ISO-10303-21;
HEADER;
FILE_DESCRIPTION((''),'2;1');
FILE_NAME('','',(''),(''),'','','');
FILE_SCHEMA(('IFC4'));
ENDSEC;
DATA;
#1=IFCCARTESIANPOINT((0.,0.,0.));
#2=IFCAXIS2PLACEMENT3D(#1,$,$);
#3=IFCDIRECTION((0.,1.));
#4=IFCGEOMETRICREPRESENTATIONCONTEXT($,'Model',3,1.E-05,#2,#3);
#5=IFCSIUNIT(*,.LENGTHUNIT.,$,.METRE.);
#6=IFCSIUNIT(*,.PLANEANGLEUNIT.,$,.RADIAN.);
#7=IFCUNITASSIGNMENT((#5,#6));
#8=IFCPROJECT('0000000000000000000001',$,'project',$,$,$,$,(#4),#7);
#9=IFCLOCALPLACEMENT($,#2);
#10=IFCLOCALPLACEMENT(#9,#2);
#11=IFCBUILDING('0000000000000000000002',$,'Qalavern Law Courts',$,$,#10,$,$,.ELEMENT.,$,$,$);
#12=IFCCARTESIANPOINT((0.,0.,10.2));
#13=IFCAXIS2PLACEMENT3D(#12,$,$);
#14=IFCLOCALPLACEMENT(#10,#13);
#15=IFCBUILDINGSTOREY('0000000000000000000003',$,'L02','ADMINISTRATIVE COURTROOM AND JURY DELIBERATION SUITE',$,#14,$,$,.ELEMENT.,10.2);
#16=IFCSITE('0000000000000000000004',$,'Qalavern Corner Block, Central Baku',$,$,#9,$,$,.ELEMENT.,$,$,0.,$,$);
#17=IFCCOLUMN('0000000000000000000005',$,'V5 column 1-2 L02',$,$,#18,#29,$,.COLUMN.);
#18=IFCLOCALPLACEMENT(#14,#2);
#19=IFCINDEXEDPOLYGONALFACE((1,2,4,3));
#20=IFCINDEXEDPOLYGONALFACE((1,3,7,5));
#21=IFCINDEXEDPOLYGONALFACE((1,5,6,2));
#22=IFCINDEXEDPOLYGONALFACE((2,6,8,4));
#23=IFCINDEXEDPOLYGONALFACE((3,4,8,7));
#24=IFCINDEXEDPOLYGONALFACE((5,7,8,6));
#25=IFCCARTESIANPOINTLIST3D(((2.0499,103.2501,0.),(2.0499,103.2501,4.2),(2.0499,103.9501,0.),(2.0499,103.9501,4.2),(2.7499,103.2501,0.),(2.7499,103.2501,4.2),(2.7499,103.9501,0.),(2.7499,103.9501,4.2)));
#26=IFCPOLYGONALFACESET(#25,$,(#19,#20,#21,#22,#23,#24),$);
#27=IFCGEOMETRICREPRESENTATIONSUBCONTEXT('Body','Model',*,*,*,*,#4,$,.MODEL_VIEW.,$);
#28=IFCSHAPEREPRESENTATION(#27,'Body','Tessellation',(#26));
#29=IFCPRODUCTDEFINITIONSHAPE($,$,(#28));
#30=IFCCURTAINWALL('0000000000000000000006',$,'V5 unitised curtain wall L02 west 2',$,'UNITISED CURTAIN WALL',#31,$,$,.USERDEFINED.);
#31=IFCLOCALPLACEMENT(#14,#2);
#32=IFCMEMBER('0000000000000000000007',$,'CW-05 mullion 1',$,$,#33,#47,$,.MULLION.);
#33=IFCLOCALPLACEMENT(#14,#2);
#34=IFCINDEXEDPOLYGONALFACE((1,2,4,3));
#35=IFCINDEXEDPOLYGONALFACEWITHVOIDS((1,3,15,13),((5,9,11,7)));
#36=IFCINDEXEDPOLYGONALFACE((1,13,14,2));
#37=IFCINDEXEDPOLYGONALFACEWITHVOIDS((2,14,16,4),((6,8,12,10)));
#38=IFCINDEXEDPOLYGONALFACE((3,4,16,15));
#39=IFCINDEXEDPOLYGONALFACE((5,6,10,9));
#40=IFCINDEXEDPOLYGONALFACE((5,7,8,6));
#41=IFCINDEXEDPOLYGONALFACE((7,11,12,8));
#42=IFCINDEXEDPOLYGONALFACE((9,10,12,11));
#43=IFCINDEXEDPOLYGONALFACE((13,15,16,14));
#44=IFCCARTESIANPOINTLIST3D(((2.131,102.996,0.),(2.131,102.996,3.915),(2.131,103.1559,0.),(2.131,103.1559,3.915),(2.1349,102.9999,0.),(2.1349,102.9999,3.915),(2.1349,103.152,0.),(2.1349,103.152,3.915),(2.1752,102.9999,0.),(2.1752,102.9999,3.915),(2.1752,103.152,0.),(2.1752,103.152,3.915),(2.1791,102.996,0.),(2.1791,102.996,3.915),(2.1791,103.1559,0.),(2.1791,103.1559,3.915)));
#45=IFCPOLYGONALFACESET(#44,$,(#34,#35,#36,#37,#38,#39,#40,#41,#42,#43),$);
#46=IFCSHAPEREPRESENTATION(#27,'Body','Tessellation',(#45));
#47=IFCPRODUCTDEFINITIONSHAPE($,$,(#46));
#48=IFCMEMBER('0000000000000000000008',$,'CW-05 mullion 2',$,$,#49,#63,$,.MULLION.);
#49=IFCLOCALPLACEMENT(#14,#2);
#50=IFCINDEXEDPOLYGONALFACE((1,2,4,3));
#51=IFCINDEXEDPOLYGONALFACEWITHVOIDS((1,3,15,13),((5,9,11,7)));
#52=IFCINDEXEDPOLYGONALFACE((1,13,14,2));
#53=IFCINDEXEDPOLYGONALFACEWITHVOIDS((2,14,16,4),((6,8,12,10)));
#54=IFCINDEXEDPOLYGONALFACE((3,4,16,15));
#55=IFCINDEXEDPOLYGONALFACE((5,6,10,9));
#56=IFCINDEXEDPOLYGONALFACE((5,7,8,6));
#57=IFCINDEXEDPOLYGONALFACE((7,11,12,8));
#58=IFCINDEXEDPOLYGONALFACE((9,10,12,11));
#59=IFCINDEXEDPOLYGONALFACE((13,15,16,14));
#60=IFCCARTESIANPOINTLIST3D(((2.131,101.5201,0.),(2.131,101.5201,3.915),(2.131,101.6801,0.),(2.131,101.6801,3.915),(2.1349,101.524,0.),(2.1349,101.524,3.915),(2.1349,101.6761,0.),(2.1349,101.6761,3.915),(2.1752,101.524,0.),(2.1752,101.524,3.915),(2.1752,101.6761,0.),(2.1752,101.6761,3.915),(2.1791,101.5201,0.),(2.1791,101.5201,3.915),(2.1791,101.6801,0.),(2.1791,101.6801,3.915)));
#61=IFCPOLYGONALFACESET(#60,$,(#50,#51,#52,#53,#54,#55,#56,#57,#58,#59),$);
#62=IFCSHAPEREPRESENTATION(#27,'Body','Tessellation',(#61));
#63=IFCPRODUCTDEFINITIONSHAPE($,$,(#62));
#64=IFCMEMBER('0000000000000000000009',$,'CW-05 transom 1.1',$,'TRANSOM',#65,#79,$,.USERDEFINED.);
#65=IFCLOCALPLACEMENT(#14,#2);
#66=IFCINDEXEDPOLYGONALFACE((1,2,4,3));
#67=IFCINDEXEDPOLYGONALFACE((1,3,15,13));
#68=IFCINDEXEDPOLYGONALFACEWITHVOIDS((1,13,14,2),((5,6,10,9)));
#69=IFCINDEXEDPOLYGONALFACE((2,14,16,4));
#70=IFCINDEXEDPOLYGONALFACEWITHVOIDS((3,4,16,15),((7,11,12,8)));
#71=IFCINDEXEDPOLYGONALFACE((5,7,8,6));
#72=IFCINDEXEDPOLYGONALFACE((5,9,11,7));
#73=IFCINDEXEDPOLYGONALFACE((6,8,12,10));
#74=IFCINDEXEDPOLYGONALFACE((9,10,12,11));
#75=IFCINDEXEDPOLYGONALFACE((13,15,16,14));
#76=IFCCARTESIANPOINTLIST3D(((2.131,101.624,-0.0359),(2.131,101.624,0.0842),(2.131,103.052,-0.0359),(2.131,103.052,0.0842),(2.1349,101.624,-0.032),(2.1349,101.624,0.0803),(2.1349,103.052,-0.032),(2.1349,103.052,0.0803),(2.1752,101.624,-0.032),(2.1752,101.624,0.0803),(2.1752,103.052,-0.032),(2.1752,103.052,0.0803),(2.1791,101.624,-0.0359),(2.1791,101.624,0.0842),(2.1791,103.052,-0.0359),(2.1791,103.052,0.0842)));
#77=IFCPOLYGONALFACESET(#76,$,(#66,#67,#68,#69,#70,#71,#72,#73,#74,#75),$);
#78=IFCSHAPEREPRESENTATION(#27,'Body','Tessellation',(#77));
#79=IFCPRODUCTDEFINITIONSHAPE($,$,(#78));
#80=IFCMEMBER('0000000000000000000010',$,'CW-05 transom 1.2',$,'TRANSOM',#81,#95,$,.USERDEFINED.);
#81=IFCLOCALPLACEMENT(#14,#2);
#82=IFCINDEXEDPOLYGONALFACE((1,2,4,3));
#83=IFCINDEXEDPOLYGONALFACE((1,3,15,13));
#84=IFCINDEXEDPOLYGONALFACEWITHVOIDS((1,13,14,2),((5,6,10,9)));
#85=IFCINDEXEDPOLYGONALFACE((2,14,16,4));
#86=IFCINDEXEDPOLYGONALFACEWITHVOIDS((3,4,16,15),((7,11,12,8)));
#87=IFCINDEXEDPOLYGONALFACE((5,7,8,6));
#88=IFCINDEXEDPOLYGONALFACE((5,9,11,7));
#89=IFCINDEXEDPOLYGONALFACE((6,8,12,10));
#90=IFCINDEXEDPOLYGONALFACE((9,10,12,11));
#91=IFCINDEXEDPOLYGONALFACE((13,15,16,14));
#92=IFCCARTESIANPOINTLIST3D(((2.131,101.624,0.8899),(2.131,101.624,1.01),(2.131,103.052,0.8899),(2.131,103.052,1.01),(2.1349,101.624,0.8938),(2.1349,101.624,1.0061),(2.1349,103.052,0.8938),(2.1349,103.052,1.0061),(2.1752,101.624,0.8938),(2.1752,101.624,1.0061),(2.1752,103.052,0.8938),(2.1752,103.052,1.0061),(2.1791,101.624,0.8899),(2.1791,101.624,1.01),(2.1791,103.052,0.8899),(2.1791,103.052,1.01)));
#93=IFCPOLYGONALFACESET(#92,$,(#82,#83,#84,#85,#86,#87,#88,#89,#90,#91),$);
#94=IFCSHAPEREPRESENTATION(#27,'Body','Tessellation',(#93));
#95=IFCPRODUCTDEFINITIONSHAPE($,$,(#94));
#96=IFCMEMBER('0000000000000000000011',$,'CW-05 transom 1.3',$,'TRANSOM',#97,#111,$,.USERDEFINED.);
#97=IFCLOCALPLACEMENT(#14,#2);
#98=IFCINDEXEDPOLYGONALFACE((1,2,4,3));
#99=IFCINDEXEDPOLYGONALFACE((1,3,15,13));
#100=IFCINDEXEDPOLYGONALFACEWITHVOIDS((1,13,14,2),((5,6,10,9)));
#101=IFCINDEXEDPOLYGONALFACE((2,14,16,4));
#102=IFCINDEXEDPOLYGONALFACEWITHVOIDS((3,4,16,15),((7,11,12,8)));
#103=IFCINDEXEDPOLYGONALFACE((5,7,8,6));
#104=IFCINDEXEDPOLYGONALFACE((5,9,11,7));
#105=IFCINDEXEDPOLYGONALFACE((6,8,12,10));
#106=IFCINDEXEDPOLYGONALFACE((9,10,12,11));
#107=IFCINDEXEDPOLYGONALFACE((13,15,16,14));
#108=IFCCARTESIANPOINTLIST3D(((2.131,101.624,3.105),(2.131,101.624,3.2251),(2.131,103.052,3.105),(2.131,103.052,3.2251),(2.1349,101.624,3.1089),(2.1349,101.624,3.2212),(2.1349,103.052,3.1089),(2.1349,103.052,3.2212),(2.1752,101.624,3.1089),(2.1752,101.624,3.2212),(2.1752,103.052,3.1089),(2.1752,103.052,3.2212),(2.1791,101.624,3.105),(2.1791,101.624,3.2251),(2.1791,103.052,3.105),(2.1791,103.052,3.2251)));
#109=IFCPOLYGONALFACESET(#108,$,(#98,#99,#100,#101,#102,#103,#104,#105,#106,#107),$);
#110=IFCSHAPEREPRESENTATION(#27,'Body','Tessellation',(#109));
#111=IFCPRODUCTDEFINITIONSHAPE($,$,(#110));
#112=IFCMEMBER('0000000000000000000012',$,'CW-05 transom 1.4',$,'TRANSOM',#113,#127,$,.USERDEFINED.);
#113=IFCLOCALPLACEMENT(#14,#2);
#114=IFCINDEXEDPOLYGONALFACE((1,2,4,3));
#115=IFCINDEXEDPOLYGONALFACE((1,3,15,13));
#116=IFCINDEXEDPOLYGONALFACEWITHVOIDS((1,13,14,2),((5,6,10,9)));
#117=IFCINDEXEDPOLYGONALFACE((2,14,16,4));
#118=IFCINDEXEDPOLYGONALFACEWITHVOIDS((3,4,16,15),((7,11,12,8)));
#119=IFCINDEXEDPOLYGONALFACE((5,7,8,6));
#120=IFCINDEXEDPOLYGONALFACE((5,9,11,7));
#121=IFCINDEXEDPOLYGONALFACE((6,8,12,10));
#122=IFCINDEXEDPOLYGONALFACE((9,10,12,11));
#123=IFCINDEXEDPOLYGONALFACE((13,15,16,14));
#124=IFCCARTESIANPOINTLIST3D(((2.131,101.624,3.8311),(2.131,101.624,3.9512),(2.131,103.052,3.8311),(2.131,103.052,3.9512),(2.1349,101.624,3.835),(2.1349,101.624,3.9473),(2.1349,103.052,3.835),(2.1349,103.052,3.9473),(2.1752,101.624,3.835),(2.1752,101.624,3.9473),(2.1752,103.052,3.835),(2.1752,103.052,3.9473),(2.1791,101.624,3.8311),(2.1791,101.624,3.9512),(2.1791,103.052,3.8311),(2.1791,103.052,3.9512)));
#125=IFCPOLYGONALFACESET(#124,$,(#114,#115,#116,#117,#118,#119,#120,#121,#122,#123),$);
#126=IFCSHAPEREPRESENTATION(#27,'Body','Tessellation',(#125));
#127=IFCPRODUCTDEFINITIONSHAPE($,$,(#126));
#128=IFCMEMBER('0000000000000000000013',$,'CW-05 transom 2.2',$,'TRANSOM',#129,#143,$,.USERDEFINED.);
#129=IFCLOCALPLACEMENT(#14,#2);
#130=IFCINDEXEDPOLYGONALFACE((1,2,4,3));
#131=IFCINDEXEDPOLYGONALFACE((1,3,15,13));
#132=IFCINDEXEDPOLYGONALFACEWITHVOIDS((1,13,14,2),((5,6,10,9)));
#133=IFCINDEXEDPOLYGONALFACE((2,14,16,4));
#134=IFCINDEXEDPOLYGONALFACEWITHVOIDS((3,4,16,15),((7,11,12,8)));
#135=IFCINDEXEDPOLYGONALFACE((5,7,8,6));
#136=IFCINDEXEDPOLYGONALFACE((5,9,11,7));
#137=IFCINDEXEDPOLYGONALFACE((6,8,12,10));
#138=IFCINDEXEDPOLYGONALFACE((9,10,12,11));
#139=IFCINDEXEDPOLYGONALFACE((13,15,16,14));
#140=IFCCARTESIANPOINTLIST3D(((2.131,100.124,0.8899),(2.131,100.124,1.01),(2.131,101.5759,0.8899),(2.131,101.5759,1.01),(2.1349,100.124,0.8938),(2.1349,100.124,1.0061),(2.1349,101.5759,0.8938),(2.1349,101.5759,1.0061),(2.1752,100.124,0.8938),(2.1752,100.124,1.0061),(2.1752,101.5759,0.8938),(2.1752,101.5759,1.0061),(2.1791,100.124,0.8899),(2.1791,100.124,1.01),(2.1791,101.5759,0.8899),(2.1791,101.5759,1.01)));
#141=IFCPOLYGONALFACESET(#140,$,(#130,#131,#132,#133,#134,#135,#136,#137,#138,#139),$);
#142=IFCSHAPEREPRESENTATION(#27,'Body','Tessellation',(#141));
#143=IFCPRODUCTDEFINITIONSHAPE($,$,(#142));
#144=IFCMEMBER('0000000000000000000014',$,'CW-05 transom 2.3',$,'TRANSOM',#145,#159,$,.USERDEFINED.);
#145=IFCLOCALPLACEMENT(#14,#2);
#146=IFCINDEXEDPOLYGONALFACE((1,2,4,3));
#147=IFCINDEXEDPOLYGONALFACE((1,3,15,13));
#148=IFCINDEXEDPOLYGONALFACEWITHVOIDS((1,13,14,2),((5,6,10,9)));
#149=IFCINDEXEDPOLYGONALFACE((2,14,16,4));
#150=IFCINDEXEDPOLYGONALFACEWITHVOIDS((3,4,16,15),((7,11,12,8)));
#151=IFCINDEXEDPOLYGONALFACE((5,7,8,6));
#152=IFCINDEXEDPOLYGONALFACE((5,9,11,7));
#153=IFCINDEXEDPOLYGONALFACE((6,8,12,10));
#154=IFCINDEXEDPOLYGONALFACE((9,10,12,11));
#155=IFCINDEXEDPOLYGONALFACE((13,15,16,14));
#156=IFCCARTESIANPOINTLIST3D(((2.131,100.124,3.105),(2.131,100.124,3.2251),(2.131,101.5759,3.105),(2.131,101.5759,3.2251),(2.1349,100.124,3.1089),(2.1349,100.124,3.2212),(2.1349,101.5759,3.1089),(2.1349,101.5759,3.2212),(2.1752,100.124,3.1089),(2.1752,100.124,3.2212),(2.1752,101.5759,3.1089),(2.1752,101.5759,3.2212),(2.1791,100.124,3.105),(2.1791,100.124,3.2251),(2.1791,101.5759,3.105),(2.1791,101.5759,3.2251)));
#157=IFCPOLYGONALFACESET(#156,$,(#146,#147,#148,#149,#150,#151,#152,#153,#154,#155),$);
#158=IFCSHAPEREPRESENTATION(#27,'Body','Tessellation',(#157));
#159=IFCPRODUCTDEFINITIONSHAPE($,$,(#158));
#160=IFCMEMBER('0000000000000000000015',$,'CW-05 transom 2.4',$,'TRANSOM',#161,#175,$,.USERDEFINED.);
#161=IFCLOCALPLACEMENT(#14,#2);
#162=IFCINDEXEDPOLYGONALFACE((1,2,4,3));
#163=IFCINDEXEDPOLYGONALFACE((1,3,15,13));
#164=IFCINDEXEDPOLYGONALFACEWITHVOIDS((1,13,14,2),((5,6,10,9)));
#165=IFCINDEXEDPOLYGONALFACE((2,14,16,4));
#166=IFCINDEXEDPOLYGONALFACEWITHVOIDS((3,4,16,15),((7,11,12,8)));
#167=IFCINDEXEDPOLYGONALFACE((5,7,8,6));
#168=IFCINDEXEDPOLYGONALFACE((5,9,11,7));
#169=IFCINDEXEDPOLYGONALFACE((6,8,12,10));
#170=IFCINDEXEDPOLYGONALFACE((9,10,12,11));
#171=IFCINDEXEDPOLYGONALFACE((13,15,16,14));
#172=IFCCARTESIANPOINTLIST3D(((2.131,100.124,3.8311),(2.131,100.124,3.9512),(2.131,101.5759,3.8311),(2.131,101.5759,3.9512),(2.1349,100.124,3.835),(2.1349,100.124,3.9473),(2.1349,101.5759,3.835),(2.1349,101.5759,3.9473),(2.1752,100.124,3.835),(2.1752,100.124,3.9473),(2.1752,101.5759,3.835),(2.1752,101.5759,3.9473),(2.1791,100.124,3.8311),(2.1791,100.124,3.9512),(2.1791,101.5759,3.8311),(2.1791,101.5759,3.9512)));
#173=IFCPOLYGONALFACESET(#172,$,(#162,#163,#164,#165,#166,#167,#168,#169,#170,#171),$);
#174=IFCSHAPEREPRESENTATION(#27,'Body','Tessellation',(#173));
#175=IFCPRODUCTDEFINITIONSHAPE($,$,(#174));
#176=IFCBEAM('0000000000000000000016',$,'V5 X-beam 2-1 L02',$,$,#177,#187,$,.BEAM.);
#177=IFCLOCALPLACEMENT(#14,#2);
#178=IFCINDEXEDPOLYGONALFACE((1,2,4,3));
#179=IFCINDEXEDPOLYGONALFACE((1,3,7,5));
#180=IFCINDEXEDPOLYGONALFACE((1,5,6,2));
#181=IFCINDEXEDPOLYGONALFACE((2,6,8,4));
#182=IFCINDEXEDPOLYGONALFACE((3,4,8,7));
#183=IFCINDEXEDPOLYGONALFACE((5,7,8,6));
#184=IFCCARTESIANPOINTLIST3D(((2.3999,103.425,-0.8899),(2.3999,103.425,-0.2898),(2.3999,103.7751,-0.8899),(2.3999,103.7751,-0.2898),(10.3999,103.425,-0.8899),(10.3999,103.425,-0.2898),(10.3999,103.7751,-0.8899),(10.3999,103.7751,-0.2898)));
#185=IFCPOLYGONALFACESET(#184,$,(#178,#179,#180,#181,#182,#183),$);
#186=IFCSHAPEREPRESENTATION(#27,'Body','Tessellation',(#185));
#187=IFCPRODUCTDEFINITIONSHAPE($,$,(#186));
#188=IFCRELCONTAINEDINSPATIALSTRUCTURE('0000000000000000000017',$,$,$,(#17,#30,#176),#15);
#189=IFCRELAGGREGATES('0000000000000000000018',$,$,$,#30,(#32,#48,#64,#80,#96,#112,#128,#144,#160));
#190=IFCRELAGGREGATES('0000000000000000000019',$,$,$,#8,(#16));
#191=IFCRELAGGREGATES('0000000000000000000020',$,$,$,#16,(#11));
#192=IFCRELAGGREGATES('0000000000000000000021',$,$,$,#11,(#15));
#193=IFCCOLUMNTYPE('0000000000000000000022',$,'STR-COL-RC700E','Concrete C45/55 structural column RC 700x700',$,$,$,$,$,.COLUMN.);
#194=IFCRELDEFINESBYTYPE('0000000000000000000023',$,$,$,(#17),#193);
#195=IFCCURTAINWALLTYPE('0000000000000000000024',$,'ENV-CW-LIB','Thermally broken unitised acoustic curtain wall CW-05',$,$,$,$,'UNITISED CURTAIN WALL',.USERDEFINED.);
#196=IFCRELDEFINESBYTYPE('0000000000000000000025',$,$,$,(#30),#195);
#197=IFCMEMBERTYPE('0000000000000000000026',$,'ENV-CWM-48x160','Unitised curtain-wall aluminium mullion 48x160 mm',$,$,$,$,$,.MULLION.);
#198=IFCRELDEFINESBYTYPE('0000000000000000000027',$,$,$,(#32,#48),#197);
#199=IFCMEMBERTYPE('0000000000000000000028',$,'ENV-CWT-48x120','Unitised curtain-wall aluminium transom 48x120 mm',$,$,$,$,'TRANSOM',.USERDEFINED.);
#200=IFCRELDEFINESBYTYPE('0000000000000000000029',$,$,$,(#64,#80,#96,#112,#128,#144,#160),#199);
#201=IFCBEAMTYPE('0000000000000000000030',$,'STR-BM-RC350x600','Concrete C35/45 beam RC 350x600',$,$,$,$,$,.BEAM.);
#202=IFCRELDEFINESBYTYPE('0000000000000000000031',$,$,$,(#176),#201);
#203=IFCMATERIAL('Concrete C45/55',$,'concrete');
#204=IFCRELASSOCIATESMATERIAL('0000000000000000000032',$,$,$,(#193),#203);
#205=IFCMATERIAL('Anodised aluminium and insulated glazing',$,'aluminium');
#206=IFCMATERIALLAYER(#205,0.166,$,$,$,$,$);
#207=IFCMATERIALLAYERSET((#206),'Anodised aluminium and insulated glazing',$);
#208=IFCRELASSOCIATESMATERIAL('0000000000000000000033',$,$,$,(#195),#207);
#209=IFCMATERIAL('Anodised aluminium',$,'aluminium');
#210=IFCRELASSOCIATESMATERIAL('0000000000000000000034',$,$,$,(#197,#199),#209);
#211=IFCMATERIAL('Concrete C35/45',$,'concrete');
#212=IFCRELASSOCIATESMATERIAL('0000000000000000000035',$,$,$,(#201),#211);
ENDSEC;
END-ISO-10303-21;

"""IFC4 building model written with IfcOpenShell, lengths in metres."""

from ifc_helpers import new_model, si_unit, direction, frame, origin, origin_2d, place, context, subcontext, project, spatial, rectangle, hollow_rectangle, extrude, material, layer, layer_set, material_profile, profile_set, type_object, element, aggregate, save


model = new_model("IFC4")

# Units and contexts
model_context = context("Model", 3, precision=1e-05, world=origin(), true_north=direction((0.0, 1.0)))
body_context = subcontext(model_context, "Body", "Model", "MODEL_VIEW")
ifc_project = project(units=[si_unit("LENGTHUNIT", "METRE"), si_unit("PLANEANGLEUNIT", "RADIAN")], contexts=[model_context])

# Site, building, storey
site_placement = place(None, origin())
site = spatial("IfcSite", under=ifc_project, at=site_placement, Name="Qalavern Corner Block, Central Baku", CompositionType="ELEMENT", RefElevation=0.0)
building_placement = place(site_placement, origin())
building = spatial("IfcBuilding", under=site, at=building_placement, Name="Qalavern Law Courts", CompositionType="ELEMENT")
storey_placement = place(building_placement, frame((0.0, 0.0, 10.2)))
storey = spatial("IfcBuildingStorey", under=building, at=storey_placement, Name="L02", Description="ADMINISTRATIVE COURTROOM AND JURY DELIBERATION SUITE", CompositionType="ELEMENT", Elevation=10.2)

# Column
ifc_material_1 = material(Name="Concrete C45/55", Category="concrete")
ifc_material_profile_1 = material_profile(ifc_material_1, rectangle(XDim=0.7, YDim=0.7, at=origin_2d()), Name="RC 700x700")
ifc_profile_set_1 = profile_set([ifc_material_profile_1], Name="Concrete C45/55")
column_type = type_object("IfcColumnType", Name="STR-COL-RC700E", Description="Concrete C45/55 structural column RC 700x700", PredefinedType="COLUMN", material=ifc_profile_set_1)
column_placement = place(storey_placement, frame((2.3999, 103.6001, 0.0), z_axis=(0.0, 0.0, 1.0), x_axis=(1.0, 0.0, 0.0)))
element("IfcColumn", 1, at=column_placement, inside=storey, type_object=column_type, Name="V5 column 1-2 L02", PredefinedType="COLUMN", context=body_context, shape_type="SweptSolid", body=[
    extrude(rectangle(XDim=0.7, YDim=0.7, at=origin_2d()), origin(), (0.0, 0.0, 1.0), 4.2),
])

# Curtain wall, members
ifc_material_2 = material(Name="Anodised aluminium and insulated glazing", Category="aluminium")
ifc_layer_1 = layer(ifc_material_2, 0.166)
ifc_layer_set_1 = layer_set([ifc_layer_1], Name="Anodised aluminium and insulated glazing")
curtain_wall_type = type_object("IfcCurtainWallType", Name="ENV-CW-LIB", Description="Thermally broken unitised acoustic curtain wall CW-05", ElementType="UNITISED CURTAIN WALL", PredefinedType="USERDEFINED", material=ifc_layer_set_1)
curtain_wall_placement = place(storey_placement, origin())
curtain_wall = element("IfcCurtainWall", 2, at=curtain_wall_placement, inside=storey, type_object=curtain_wall_type, Name="V5 unitised curtain wall L02 west 2", ObjectType="UNITISED CURTAIN WALL", PredefinedType="USERDEFINED")
ifc_material_3 = material(Name="Anodised aluminium", Category="aluminium")
ifc_material_profile_2 = material_profile(ifc_material_3, hollow_rectangle(XDim=0.0481, YDim=0.1599, WallThickness=0.0039, at=origin_2d()), Name="ALU MULLION 48x160")
ifc_profile_set_2 = profile_set([ifc_material_profile_2], Name="Anodised aluminium")
member_type_1 = type_object("IfcMemberType", Name="ENV-CWM-48x160", Description="Unitised curtain-wall aluminium mullion 48x160 mm", PredefinedType="MULLION", material=ifc_profile_set_2)
member_1_placement = place(storey_placement, frame((2.155, 103.0759, 0.0), z_axis=(0.0, 0.0, 1.0), x_axis=(1.0, 0.0, 0.0)))
member_1 = element("IfcMember", 3, at=member_1_placement, type_object=member_type_1, Name="CW-05 mullion 1", PredefinedType="MULLION", context=body_context, shape_type="SweptSolid", body=[
    extrude(hollow_rectangle(XDim=0.0481, YDim=0.1599, WallThickness=0.0039, at=origin_2d()), origin(), (0.0, 0.0, 1.0), 3.915),
])
member_2_placement = place(storey_placement, frame((2.155, 101.6001, 0.0), z_axis=(0.0, 0.0, 1.0), x_axis=(1.0, 0.0, 0.0)))
member_2 = element("IfcMember", 4, at=member_2_placement, type_object=member_type_1, Name="CW-05 mullion 2", PredefinedType="MULLION", context=body_context, shape_type="SweptSolid", body=[
    extrude(hollow_rectangle(XDim=0.0481, YDim=0.1599, WallThickness=0.0039, at=origin_2d()), origin(), (0.0, 0.0, 1.0), 3.915),
])
ifc_material_profile_3 = material_profile(ifc_material_3, hollow_rectangle(XDim=0.0481, YDim=0.1201, WallThickness=0.0039, at=origin_2d()), Name="ALU TRANSOM 48x120")
ifc_profile_set_3 = profile_set([ifc_material_profile_3], Name="Anodised aluminium")
member_type_2 = type_object("IfcMemberType", Name="ENV-CWT-48x120", Description="Unitised curtain-wall aluminium transom 48x120 mm", ElementType="TRANSOM", PredefinedType="USERDEFINED", material=ifc_profile_set_3)
member_3_placement = place(storey_placement, frame((2.155, 103.052, 0.0242), z_axis=(0.0, -1.0, 0.0), x_axis=(1.0, 0.0, 0.0)))
member_3 = element("IfcMember", 5, at=member_3_placement, type_object=member_type_2, Name="CW-05 transom 1.1", ObjectType="TRANSOM", PredefinedType="USERDEFINED", context=body_context, shape_type="SweptSolid", body=[
    extrude(hollow_rectangle(XDim=0.0481, YDim=0.1201, WallThickness=0.0039, at=origin_2d()), origin(), (0.0, 0.0, 1.0), 1.428),
])
member_4_placement = place(storey_placement, frame((2.155, 103.052, 0.95), z_axis=(0.0, -1.0, 0.0), x_axis=(1.0, 0.0, 0.0)))
member_4 = element("IfcMember", 6, at=member_4_placement, type_object=member_type_2, Name="CW-05 transom 1.2", ObjectType="TRANSOM", PredefinedType="USERDEFINED", context=body_context, shape_type="SweptSolid", body=[
    extrude(hollow_rectangle(XDim=0.0481, YDim=0.1201, WallThickness=0.0039, at=origin_2d()), origin(), (0.0, 0.0, 1.0), 1.428),
])
member_5_placement = place(storey_placement, frame((2.155, 103.052, 3.165), z_axis=(0.0, -1.0, 0.0), x_axis=(1.0, 0.0, 0.0)))
member_5 = element("IfcMember", 7, at=member_5_placement, type_object=member_type_2, Name="CW-05 transom 1.3", ObjectType="TRANSOM", PredefinedType="USERDEFINED", context=body_context, shape_type="SweptSolid", body=[
    extrude(hollow_rectangle(XDim=0.0481, YDim=0.1201, WallThickness=0.0039, at=origin_2d()), origin(), (0.0, 0.0, 1.0), 1.428),
])
member_6_placement = place(storey_placement, frame((2.155, 103.052, 3.8911), z_axis=(0.0, -1.0, 0.0), x_axis=(1.0, 0.0, 0.0)))
member_6 = element("IfcMember", 8, at=member_6_placement, type_object=member_type_2, Name="CW-05 transom 1.4", ObjectType="TRANSOM", PredefinedType="USERDEFINED", context=body_context, shape_type="SweptSolid", body=[
    extrude(hollow_rectangle(XDim=0.0481, YDim=0.1201, WallThickness=0.0039, at=origin_2d()), origin(), (0.0, 0.0, 1.0), 1.428),
])
member_7_placement = place(storey_placement, frame((2.155, 101.5759, 0.95), z_axis=(0.0, -1.0, 0.0), x_axis=(1.0, 0.0, 0.0)))
member_7 = element("IfcMember", 9, at=member_7_placement, type_object=member_type_2, Name="CW-05 transom 2.2", ObjectType="TRANSOM", PredefinedType="USERDEFINED", context=body_context, shape_type="SweptSolid", body=[
    extrude(hollow_rectangle(XDim=0.0481, YDim=0.1201, WallThickness=0.0039, at=origin_2d()), origin(), (0.0, 0.0, 1.0), 1.4519),
])
member_8_placement = place(storey_placement, frame((2.155, 101.5759, 3.165), z_axis=(0.0, -1.0, 0.0), x_axis=(1.0, 0.0, 0.0)))
member_8 = element("IfcMember", 10, at=member_8_placement, type_object=member_type_2, Name="CW-05 transom 2.3", ObjectType="TRANSOM", PredefinedType="USERDEFINED", context=body_context, shape_type="SweptSolid", body=[
    extrude(hollow_rectangle(XDim=0.0481, YDim=0.1201, WallThickness=0.0039, at=origin_2d()), origin(), (0.0, 0.0, 1.0), 1.4519),
])
member_9_placement = place(storey_placement, frame((2.155, 101.5759, 3.8911), z_axis=(0.0, -1.0, 0.0), x_axis=(1.0, 0.0, 0.0)))
member_9 = element("IfcMember", 11, at=member_9_placement, type_object=member_type_2, Name="CW-05 transom 2.4", ObjectType="TRANSOM", PredefinedType="USERDEFINED", context=body_context, shape_type="SweptSolid", body=[
    extrude(hollow_rectangle(XDim=0.0481, YDim=0.1201, WallThickness=0.0039, at=origin_2d()), origin(), (0.0, 0.0, 1.0), 1.4519),
])

# Beam
ifc_material_4 = material(Name="Concrete C35/45", Category="concrete")
ifc_material_profile_4 = material_profile(ifc_material_4, rectangle(XDim=0.3501, YDim=0.6001, at=origin_2d()), Name="RC 350x600")
ifc_profile_set_4 = profile_set([ifc_material_profile_4], Name="Concrete C35/45")
beam_type_1 = type_object("IfcBeamType", Name="STR-BM-RC350x600", Description="Concrete C35/45 beam RC 350x600", PredefinedType="BEAM", material=ifc_profile_set_4)
beam_1_placement = place(storey_placement, frame((2.3999, 103.6001, -0.5898), z_axis=(1.0, 0.0, 0.0), x_axis=(0.0, 1.0, 0.0)))
element("IfcBeam", 12, at=beam_1_placement, inside=storey, type_object=beam_type_1, Name="V5 X-beam 2-1 L02", PredefinedType="BEAM", context=body_context, shape_type="SweptSolid", body=[
    extrude(rectangle(XDim=0.3501, YDim=0.6001, at=origin_2d()), origin(), (0.0, 0.0, 1.0), 8.0),
])

aggregate(curtain_wall, [member_1, member_2, member_3, member_4, member_5, member_6, member_7, member_8, member_9])

save(model, "model.ifc")
